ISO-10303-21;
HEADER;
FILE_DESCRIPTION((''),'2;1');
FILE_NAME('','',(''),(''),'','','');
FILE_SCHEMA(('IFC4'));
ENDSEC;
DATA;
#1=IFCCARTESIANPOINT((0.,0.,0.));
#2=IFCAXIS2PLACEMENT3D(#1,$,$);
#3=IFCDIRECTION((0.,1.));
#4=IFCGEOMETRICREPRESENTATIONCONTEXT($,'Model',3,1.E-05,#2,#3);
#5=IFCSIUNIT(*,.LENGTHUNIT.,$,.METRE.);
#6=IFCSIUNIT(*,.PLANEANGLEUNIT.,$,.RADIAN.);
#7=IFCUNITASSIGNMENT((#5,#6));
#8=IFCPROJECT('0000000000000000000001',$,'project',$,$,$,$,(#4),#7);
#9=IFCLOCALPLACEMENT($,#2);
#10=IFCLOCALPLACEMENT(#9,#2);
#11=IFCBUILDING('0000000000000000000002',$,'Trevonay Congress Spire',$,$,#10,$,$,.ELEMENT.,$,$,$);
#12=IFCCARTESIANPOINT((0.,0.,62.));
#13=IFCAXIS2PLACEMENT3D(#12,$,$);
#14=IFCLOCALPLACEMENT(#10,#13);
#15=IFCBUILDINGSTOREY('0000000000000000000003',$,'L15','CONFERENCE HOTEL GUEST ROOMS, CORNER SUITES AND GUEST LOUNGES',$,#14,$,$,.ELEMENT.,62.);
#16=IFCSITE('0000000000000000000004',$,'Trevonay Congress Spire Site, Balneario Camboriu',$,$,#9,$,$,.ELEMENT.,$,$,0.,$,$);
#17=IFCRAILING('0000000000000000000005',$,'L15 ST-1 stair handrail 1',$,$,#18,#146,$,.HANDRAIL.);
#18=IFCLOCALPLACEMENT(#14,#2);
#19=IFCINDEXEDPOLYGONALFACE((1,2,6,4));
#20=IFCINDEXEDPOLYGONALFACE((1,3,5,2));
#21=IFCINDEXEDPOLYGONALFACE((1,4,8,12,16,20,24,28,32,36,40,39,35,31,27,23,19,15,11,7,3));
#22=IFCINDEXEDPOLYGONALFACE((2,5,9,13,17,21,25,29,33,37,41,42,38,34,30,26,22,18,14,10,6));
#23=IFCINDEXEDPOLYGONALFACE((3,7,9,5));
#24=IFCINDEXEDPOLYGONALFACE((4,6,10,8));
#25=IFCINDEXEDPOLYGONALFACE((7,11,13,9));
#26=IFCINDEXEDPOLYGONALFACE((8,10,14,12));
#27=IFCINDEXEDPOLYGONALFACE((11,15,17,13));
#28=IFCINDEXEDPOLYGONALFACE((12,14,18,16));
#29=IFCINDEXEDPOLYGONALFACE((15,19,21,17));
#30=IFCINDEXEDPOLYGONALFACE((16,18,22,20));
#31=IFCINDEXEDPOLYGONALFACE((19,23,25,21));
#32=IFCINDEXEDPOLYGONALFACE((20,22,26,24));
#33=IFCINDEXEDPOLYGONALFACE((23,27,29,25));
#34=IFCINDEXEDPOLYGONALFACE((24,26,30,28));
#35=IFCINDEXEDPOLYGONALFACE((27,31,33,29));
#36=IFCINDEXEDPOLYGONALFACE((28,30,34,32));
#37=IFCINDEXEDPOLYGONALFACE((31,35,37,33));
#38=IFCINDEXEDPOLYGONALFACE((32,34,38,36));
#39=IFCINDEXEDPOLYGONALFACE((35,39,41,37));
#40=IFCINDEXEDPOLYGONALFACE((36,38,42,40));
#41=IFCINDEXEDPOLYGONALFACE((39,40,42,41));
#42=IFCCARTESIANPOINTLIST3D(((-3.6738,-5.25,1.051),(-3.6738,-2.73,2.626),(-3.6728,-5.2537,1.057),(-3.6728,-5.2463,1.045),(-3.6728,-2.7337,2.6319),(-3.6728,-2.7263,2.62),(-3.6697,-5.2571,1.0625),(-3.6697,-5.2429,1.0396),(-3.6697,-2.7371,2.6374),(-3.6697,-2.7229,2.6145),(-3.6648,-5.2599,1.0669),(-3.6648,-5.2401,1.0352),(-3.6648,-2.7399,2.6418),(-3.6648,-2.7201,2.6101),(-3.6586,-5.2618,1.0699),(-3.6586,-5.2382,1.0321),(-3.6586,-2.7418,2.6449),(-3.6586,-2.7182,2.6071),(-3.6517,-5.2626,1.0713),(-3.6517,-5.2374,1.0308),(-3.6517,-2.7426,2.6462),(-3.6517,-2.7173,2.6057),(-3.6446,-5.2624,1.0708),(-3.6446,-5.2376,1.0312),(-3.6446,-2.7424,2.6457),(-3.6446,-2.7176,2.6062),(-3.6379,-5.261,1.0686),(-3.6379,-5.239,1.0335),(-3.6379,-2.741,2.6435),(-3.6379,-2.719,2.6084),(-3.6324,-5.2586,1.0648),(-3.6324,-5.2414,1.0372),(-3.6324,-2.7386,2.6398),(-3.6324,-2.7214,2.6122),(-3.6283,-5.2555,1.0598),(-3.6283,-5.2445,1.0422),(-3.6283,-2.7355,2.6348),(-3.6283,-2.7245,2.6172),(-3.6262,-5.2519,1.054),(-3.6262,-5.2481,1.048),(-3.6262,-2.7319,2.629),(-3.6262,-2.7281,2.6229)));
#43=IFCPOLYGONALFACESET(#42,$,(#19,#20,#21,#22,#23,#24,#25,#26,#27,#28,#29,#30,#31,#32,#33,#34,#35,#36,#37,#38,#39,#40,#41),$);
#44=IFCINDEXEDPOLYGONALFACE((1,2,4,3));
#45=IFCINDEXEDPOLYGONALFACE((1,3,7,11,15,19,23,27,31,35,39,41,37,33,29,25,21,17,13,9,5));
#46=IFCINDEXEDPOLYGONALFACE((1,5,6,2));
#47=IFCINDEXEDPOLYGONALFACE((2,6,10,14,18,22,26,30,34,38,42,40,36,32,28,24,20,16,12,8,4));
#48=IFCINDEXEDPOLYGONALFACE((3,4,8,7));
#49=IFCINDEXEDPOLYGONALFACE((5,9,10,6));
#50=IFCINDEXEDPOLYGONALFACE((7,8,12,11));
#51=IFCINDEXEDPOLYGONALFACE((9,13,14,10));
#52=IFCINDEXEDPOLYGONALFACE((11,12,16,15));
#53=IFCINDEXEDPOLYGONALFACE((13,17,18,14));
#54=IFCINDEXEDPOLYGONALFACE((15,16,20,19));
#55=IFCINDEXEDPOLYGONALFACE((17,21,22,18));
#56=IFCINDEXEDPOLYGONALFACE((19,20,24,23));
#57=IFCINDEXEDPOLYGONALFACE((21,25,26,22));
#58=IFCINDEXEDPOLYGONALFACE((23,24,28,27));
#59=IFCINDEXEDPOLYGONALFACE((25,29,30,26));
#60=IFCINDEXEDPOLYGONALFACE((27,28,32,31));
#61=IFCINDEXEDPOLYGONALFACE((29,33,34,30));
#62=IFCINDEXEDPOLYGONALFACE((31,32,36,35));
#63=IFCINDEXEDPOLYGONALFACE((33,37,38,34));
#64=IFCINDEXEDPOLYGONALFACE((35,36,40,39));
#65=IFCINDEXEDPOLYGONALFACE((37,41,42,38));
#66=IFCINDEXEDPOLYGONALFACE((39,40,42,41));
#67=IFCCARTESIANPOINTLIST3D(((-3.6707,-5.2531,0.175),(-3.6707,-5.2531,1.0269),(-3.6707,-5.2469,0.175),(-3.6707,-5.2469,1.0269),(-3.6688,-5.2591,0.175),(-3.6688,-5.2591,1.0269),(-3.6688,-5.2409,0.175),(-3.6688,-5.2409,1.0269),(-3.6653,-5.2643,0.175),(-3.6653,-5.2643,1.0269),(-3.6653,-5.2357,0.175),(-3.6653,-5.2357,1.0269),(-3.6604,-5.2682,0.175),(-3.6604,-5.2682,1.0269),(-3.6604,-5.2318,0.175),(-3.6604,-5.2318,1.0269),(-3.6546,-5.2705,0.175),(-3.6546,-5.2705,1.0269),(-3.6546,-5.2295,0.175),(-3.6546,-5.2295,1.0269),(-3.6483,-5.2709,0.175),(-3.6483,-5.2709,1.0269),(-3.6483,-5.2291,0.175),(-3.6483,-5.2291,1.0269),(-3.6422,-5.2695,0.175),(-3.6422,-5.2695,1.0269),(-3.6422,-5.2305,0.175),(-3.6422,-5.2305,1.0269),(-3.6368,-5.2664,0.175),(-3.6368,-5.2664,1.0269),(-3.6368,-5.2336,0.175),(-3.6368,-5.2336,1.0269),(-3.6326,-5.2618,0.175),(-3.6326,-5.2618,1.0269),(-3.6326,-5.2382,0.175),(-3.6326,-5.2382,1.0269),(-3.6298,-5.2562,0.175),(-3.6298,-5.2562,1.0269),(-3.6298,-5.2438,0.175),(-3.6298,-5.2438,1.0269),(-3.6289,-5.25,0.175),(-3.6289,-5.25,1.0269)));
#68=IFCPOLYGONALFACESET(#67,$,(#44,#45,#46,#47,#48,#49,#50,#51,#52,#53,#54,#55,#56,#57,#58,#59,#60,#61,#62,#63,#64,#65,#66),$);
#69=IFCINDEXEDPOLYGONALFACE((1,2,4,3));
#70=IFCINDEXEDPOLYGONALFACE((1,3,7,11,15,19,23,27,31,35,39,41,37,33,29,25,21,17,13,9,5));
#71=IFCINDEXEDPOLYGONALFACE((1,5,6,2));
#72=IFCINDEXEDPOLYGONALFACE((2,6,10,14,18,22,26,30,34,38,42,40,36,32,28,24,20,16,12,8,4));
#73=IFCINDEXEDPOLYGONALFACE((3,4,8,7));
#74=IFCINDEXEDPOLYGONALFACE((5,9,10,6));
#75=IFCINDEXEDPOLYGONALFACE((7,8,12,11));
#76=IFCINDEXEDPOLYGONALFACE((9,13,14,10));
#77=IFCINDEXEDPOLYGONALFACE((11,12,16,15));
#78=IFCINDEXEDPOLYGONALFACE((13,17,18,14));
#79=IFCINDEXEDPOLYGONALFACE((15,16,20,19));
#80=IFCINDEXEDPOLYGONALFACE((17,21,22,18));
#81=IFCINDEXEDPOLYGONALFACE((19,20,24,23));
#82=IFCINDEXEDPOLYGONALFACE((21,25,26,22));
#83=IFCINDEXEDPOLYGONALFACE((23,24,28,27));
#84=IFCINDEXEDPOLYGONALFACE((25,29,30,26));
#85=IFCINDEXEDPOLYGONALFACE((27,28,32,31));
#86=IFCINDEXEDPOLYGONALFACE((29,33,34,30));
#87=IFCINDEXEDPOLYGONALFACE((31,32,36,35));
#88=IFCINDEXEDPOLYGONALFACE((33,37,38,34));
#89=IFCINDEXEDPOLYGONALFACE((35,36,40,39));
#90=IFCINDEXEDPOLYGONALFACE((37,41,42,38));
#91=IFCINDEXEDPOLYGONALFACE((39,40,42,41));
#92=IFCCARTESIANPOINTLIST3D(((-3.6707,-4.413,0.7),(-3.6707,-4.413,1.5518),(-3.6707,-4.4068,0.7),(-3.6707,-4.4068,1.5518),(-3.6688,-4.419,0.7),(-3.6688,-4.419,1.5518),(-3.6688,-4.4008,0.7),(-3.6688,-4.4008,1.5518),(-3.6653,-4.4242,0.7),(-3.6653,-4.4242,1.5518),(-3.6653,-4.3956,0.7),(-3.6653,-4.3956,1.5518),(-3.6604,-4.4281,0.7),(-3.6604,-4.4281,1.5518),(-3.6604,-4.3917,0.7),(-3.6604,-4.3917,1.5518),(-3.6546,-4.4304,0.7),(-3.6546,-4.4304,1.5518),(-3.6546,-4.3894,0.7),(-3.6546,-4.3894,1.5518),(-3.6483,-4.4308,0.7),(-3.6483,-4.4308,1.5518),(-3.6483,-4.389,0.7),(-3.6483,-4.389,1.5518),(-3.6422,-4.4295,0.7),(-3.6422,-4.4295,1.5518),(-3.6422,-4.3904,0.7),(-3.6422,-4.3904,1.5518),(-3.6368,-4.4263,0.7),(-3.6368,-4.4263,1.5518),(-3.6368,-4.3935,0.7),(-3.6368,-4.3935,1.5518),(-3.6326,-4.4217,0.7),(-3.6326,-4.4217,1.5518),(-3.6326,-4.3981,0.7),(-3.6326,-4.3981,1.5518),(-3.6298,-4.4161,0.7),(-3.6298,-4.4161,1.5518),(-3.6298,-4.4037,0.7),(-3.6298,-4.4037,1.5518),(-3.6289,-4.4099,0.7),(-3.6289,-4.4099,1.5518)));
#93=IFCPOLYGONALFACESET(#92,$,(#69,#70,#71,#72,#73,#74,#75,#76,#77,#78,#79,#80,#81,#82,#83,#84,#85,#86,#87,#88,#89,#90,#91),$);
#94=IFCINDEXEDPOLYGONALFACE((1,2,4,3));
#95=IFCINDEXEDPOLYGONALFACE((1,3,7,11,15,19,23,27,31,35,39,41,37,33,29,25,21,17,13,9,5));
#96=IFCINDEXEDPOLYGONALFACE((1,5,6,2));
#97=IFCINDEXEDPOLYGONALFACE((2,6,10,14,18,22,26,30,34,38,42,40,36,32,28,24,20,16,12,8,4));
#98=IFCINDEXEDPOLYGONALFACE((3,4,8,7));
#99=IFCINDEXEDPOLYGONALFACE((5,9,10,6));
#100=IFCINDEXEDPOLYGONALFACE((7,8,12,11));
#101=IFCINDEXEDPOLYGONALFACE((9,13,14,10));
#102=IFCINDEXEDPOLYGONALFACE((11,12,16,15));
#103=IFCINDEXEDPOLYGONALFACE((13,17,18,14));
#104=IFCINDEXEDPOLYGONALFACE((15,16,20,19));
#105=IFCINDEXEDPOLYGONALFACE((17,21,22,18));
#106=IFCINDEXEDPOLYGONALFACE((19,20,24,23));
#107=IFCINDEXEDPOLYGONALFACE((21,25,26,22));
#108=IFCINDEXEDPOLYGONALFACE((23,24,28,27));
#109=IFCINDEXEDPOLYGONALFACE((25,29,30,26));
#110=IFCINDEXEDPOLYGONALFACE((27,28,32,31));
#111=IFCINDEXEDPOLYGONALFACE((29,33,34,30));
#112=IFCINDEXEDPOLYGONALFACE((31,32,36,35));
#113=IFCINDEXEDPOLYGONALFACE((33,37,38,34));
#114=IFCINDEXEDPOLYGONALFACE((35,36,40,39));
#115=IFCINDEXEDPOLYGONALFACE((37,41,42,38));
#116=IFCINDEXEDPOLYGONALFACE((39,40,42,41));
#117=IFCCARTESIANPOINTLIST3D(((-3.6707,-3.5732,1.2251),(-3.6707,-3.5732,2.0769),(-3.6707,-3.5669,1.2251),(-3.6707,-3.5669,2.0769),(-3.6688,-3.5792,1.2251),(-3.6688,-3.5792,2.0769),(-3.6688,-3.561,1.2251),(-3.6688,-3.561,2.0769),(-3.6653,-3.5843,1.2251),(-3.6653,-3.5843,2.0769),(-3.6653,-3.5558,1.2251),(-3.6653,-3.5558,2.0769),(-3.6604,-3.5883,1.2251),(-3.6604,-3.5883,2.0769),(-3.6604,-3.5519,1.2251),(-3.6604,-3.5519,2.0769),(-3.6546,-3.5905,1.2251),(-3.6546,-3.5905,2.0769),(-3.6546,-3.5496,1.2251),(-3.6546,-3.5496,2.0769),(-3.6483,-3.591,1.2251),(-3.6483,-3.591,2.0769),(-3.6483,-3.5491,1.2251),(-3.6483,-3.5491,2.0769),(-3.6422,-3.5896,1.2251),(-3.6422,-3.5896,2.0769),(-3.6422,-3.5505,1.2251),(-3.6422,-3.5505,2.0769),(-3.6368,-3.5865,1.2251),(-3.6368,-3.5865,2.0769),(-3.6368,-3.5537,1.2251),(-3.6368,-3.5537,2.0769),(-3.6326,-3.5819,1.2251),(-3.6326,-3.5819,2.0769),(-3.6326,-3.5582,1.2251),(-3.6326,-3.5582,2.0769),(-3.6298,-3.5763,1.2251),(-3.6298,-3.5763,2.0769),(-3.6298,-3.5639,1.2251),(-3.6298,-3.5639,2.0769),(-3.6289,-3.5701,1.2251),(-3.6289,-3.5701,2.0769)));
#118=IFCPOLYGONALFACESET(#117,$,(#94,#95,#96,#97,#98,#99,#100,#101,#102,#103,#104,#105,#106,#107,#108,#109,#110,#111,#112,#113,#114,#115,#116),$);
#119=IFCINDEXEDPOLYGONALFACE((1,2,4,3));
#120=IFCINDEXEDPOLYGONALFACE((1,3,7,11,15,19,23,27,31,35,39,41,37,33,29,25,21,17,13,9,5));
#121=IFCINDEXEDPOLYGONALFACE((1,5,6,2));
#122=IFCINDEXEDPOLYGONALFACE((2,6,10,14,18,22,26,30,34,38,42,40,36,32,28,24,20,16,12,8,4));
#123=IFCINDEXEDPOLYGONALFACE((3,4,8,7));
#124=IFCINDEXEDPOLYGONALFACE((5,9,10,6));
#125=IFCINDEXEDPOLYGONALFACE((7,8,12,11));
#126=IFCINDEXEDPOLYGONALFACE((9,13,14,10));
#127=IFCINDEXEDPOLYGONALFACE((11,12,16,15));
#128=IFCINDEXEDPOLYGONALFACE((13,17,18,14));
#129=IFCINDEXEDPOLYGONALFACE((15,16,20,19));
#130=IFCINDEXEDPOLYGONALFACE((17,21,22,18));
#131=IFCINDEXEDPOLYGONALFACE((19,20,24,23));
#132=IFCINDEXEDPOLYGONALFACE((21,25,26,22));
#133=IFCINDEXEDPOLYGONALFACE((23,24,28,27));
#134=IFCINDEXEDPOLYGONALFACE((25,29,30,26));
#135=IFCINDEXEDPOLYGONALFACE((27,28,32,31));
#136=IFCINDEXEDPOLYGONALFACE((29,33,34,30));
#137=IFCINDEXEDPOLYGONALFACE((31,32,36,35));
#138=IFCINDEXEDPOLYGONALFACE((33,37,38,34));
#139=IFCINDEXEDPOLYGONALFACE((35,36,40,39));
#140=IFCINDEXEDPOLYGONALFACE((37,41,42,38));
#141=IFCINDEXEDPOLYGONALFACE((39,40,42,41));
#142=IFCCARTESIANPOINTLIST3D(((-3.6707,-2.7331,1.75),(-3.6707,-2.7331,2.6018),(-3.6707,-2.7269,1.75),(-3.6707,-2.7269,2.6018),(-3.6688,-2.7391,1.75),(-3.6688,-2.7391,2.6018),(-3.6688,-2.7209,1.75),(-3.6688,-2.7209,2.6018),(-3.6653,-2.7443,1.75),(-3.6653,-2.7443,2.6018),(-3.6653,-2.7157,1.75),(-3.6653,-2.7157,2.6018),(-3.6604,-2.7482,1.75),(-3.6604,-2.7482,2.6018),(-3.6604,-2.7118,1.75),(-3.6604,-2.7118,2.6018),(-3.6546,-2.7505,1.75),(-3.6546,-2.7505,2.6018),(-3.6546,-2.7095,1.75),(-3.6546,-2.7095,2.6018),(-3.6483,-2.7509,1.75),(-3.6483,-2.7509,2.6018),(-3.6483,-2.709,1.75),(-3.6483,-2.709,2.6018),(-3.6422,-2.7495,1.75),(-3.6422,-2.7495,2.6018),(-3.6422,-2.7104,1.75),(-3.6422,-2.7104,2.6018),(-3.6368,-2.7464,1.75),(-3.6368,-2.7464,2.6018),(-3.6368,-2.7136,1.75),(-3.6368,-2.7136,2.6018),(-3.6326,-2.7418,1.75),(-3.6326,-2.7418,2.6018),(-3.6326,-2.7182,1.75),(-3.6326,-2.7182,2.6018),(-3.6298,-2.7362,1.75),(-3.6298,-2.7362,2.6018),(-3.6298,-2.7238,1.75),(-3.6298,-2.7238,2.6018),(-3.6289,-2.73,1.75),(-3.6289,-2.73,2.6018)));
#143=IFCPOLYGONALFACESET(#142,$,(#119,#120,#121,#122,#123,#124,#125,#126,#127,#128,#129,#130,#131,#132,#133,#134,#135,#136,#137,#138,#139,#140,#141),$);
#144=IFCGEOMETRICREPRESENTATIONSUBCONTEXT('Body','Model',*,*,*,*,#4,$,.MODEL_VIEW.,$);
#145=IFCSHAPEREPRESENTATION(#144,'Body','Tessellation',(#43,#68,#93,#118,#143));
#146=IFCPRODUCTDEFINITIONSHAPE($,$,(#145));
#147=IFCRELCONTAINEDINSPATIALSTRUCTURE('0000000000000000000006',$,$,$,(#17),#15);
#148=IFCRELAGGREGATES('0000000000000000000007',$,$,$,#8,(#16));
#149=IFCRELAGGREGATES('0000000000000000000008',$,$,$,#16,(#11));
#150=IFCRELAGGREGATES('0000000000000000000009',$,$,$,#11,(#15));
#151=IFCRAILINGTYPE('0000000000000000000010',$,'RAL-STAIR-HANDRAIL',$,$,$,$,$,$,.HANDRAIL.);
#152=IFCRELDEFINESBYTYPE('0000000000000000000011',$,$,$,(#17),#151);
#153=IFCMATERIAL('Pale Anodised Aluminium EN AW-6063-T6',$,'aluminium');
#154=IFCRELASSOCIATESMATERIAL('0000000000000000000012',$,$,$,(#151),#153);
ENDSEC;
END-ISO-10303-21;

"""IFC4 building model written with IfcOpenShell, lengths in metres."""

from ifc_helpers import new_model, si_unit, direction, frame, origin, origin_2d, place, context, subcontext, project, spatial, circle, extrude, material, type_object, element, save


model = new_model("IFC4")

# Units and contexts
model_context = context("Model", 3, precision=1e-05, world=origin(), true_north=direction((0.0, 1.0)))
body_context = subcontext(model_context, "Body", "Model", "MODEL_VIEW")
ifc_project = project(units=[si_unit("LENGTHUNIT", "METRE"), si_unit("PLANEANGLEUNIT", "RADIAN")], contexts=[model_context])

# Site, building, storey
site_placement = place(None, origin())
site = spatial("IfcSite", under=ifc_project, at=site_placement, Name="Trevonay Congress Spire Site, Balneario Camboriu", CompositionType="ELEMENT", RefElevation=0.0)
building_placement = place(site_placement, origin())
building = spatial("IfcBuilding", under=site, at=building_placement, Name="Trevonay Congress Spire", CompositionType="ELEMENT")
storey_placement = place(building_placement, frame((0.0, 0.0, 62.0)))
storey = spatial("IfcBuildingStorey", under=building, at=storey_placement, Name="L15", Description="CONFERENCE HOTEL GUEST ROOMS, CORNER SUITES AND GUEST LOUNGES", CompositionType="ELEMENT", Elevation=62.0)

# Shared definitions
ifc_material_1 = material(Name="Pale Anodised Aluminium EN AW-6063-T6", Category="aluminium")

# Railing
railing_type_1 = type_object("IfcRailingType", Name="RAL-STAIR-HANDRAIL", PredefinedType="HANDRAIL", material=ifc_material_1)
railing_1_placement = place(storey_placement, frame((-3.6499, -5.25, 0.175)))
element("IfcRailing", 1, at=railing_1_placement, inside=storey, type_object=railing_type_1, Name="L15 ST-1 stair handrail 1", PredefinedType="HANDRAIL", context=body_context, shape_type="SweptSolid", body=[
    extrude(circle(Radius=0.0239, at=origin_2d()), frame((0.0, 0.0, 0.876), z_axis=(0.0, 0.848008, 0.529984), x_axis=(-1.0, 0.0, 0.0)), (0.0, 0.0, 1.0), 2.9717),
    extrude(circle(Radius=0.021, at=origin_2d()), origin(), (0.0, 0.0, 1.0), 0.8518),
    extrude(circle(Radius=0.021, at=origin_2d()), frame((0.0, 0.8401, 0.5249)), (0.0, 0.0, 1.0), 0.8518),
    extrude(circle(Radius=0.021, at=origin_2d()), frame((0.0, 1.6799, 1.05)), (0.0, 0.0, 1.0), 0.8518),
    extrude(circle(Radius=0.021, at=origin_2d()), frame((0.0, 2.52, 1.575)), (0.0, 0.0, 1.0), 0.8518),
])

save(model, "model.ifc")
